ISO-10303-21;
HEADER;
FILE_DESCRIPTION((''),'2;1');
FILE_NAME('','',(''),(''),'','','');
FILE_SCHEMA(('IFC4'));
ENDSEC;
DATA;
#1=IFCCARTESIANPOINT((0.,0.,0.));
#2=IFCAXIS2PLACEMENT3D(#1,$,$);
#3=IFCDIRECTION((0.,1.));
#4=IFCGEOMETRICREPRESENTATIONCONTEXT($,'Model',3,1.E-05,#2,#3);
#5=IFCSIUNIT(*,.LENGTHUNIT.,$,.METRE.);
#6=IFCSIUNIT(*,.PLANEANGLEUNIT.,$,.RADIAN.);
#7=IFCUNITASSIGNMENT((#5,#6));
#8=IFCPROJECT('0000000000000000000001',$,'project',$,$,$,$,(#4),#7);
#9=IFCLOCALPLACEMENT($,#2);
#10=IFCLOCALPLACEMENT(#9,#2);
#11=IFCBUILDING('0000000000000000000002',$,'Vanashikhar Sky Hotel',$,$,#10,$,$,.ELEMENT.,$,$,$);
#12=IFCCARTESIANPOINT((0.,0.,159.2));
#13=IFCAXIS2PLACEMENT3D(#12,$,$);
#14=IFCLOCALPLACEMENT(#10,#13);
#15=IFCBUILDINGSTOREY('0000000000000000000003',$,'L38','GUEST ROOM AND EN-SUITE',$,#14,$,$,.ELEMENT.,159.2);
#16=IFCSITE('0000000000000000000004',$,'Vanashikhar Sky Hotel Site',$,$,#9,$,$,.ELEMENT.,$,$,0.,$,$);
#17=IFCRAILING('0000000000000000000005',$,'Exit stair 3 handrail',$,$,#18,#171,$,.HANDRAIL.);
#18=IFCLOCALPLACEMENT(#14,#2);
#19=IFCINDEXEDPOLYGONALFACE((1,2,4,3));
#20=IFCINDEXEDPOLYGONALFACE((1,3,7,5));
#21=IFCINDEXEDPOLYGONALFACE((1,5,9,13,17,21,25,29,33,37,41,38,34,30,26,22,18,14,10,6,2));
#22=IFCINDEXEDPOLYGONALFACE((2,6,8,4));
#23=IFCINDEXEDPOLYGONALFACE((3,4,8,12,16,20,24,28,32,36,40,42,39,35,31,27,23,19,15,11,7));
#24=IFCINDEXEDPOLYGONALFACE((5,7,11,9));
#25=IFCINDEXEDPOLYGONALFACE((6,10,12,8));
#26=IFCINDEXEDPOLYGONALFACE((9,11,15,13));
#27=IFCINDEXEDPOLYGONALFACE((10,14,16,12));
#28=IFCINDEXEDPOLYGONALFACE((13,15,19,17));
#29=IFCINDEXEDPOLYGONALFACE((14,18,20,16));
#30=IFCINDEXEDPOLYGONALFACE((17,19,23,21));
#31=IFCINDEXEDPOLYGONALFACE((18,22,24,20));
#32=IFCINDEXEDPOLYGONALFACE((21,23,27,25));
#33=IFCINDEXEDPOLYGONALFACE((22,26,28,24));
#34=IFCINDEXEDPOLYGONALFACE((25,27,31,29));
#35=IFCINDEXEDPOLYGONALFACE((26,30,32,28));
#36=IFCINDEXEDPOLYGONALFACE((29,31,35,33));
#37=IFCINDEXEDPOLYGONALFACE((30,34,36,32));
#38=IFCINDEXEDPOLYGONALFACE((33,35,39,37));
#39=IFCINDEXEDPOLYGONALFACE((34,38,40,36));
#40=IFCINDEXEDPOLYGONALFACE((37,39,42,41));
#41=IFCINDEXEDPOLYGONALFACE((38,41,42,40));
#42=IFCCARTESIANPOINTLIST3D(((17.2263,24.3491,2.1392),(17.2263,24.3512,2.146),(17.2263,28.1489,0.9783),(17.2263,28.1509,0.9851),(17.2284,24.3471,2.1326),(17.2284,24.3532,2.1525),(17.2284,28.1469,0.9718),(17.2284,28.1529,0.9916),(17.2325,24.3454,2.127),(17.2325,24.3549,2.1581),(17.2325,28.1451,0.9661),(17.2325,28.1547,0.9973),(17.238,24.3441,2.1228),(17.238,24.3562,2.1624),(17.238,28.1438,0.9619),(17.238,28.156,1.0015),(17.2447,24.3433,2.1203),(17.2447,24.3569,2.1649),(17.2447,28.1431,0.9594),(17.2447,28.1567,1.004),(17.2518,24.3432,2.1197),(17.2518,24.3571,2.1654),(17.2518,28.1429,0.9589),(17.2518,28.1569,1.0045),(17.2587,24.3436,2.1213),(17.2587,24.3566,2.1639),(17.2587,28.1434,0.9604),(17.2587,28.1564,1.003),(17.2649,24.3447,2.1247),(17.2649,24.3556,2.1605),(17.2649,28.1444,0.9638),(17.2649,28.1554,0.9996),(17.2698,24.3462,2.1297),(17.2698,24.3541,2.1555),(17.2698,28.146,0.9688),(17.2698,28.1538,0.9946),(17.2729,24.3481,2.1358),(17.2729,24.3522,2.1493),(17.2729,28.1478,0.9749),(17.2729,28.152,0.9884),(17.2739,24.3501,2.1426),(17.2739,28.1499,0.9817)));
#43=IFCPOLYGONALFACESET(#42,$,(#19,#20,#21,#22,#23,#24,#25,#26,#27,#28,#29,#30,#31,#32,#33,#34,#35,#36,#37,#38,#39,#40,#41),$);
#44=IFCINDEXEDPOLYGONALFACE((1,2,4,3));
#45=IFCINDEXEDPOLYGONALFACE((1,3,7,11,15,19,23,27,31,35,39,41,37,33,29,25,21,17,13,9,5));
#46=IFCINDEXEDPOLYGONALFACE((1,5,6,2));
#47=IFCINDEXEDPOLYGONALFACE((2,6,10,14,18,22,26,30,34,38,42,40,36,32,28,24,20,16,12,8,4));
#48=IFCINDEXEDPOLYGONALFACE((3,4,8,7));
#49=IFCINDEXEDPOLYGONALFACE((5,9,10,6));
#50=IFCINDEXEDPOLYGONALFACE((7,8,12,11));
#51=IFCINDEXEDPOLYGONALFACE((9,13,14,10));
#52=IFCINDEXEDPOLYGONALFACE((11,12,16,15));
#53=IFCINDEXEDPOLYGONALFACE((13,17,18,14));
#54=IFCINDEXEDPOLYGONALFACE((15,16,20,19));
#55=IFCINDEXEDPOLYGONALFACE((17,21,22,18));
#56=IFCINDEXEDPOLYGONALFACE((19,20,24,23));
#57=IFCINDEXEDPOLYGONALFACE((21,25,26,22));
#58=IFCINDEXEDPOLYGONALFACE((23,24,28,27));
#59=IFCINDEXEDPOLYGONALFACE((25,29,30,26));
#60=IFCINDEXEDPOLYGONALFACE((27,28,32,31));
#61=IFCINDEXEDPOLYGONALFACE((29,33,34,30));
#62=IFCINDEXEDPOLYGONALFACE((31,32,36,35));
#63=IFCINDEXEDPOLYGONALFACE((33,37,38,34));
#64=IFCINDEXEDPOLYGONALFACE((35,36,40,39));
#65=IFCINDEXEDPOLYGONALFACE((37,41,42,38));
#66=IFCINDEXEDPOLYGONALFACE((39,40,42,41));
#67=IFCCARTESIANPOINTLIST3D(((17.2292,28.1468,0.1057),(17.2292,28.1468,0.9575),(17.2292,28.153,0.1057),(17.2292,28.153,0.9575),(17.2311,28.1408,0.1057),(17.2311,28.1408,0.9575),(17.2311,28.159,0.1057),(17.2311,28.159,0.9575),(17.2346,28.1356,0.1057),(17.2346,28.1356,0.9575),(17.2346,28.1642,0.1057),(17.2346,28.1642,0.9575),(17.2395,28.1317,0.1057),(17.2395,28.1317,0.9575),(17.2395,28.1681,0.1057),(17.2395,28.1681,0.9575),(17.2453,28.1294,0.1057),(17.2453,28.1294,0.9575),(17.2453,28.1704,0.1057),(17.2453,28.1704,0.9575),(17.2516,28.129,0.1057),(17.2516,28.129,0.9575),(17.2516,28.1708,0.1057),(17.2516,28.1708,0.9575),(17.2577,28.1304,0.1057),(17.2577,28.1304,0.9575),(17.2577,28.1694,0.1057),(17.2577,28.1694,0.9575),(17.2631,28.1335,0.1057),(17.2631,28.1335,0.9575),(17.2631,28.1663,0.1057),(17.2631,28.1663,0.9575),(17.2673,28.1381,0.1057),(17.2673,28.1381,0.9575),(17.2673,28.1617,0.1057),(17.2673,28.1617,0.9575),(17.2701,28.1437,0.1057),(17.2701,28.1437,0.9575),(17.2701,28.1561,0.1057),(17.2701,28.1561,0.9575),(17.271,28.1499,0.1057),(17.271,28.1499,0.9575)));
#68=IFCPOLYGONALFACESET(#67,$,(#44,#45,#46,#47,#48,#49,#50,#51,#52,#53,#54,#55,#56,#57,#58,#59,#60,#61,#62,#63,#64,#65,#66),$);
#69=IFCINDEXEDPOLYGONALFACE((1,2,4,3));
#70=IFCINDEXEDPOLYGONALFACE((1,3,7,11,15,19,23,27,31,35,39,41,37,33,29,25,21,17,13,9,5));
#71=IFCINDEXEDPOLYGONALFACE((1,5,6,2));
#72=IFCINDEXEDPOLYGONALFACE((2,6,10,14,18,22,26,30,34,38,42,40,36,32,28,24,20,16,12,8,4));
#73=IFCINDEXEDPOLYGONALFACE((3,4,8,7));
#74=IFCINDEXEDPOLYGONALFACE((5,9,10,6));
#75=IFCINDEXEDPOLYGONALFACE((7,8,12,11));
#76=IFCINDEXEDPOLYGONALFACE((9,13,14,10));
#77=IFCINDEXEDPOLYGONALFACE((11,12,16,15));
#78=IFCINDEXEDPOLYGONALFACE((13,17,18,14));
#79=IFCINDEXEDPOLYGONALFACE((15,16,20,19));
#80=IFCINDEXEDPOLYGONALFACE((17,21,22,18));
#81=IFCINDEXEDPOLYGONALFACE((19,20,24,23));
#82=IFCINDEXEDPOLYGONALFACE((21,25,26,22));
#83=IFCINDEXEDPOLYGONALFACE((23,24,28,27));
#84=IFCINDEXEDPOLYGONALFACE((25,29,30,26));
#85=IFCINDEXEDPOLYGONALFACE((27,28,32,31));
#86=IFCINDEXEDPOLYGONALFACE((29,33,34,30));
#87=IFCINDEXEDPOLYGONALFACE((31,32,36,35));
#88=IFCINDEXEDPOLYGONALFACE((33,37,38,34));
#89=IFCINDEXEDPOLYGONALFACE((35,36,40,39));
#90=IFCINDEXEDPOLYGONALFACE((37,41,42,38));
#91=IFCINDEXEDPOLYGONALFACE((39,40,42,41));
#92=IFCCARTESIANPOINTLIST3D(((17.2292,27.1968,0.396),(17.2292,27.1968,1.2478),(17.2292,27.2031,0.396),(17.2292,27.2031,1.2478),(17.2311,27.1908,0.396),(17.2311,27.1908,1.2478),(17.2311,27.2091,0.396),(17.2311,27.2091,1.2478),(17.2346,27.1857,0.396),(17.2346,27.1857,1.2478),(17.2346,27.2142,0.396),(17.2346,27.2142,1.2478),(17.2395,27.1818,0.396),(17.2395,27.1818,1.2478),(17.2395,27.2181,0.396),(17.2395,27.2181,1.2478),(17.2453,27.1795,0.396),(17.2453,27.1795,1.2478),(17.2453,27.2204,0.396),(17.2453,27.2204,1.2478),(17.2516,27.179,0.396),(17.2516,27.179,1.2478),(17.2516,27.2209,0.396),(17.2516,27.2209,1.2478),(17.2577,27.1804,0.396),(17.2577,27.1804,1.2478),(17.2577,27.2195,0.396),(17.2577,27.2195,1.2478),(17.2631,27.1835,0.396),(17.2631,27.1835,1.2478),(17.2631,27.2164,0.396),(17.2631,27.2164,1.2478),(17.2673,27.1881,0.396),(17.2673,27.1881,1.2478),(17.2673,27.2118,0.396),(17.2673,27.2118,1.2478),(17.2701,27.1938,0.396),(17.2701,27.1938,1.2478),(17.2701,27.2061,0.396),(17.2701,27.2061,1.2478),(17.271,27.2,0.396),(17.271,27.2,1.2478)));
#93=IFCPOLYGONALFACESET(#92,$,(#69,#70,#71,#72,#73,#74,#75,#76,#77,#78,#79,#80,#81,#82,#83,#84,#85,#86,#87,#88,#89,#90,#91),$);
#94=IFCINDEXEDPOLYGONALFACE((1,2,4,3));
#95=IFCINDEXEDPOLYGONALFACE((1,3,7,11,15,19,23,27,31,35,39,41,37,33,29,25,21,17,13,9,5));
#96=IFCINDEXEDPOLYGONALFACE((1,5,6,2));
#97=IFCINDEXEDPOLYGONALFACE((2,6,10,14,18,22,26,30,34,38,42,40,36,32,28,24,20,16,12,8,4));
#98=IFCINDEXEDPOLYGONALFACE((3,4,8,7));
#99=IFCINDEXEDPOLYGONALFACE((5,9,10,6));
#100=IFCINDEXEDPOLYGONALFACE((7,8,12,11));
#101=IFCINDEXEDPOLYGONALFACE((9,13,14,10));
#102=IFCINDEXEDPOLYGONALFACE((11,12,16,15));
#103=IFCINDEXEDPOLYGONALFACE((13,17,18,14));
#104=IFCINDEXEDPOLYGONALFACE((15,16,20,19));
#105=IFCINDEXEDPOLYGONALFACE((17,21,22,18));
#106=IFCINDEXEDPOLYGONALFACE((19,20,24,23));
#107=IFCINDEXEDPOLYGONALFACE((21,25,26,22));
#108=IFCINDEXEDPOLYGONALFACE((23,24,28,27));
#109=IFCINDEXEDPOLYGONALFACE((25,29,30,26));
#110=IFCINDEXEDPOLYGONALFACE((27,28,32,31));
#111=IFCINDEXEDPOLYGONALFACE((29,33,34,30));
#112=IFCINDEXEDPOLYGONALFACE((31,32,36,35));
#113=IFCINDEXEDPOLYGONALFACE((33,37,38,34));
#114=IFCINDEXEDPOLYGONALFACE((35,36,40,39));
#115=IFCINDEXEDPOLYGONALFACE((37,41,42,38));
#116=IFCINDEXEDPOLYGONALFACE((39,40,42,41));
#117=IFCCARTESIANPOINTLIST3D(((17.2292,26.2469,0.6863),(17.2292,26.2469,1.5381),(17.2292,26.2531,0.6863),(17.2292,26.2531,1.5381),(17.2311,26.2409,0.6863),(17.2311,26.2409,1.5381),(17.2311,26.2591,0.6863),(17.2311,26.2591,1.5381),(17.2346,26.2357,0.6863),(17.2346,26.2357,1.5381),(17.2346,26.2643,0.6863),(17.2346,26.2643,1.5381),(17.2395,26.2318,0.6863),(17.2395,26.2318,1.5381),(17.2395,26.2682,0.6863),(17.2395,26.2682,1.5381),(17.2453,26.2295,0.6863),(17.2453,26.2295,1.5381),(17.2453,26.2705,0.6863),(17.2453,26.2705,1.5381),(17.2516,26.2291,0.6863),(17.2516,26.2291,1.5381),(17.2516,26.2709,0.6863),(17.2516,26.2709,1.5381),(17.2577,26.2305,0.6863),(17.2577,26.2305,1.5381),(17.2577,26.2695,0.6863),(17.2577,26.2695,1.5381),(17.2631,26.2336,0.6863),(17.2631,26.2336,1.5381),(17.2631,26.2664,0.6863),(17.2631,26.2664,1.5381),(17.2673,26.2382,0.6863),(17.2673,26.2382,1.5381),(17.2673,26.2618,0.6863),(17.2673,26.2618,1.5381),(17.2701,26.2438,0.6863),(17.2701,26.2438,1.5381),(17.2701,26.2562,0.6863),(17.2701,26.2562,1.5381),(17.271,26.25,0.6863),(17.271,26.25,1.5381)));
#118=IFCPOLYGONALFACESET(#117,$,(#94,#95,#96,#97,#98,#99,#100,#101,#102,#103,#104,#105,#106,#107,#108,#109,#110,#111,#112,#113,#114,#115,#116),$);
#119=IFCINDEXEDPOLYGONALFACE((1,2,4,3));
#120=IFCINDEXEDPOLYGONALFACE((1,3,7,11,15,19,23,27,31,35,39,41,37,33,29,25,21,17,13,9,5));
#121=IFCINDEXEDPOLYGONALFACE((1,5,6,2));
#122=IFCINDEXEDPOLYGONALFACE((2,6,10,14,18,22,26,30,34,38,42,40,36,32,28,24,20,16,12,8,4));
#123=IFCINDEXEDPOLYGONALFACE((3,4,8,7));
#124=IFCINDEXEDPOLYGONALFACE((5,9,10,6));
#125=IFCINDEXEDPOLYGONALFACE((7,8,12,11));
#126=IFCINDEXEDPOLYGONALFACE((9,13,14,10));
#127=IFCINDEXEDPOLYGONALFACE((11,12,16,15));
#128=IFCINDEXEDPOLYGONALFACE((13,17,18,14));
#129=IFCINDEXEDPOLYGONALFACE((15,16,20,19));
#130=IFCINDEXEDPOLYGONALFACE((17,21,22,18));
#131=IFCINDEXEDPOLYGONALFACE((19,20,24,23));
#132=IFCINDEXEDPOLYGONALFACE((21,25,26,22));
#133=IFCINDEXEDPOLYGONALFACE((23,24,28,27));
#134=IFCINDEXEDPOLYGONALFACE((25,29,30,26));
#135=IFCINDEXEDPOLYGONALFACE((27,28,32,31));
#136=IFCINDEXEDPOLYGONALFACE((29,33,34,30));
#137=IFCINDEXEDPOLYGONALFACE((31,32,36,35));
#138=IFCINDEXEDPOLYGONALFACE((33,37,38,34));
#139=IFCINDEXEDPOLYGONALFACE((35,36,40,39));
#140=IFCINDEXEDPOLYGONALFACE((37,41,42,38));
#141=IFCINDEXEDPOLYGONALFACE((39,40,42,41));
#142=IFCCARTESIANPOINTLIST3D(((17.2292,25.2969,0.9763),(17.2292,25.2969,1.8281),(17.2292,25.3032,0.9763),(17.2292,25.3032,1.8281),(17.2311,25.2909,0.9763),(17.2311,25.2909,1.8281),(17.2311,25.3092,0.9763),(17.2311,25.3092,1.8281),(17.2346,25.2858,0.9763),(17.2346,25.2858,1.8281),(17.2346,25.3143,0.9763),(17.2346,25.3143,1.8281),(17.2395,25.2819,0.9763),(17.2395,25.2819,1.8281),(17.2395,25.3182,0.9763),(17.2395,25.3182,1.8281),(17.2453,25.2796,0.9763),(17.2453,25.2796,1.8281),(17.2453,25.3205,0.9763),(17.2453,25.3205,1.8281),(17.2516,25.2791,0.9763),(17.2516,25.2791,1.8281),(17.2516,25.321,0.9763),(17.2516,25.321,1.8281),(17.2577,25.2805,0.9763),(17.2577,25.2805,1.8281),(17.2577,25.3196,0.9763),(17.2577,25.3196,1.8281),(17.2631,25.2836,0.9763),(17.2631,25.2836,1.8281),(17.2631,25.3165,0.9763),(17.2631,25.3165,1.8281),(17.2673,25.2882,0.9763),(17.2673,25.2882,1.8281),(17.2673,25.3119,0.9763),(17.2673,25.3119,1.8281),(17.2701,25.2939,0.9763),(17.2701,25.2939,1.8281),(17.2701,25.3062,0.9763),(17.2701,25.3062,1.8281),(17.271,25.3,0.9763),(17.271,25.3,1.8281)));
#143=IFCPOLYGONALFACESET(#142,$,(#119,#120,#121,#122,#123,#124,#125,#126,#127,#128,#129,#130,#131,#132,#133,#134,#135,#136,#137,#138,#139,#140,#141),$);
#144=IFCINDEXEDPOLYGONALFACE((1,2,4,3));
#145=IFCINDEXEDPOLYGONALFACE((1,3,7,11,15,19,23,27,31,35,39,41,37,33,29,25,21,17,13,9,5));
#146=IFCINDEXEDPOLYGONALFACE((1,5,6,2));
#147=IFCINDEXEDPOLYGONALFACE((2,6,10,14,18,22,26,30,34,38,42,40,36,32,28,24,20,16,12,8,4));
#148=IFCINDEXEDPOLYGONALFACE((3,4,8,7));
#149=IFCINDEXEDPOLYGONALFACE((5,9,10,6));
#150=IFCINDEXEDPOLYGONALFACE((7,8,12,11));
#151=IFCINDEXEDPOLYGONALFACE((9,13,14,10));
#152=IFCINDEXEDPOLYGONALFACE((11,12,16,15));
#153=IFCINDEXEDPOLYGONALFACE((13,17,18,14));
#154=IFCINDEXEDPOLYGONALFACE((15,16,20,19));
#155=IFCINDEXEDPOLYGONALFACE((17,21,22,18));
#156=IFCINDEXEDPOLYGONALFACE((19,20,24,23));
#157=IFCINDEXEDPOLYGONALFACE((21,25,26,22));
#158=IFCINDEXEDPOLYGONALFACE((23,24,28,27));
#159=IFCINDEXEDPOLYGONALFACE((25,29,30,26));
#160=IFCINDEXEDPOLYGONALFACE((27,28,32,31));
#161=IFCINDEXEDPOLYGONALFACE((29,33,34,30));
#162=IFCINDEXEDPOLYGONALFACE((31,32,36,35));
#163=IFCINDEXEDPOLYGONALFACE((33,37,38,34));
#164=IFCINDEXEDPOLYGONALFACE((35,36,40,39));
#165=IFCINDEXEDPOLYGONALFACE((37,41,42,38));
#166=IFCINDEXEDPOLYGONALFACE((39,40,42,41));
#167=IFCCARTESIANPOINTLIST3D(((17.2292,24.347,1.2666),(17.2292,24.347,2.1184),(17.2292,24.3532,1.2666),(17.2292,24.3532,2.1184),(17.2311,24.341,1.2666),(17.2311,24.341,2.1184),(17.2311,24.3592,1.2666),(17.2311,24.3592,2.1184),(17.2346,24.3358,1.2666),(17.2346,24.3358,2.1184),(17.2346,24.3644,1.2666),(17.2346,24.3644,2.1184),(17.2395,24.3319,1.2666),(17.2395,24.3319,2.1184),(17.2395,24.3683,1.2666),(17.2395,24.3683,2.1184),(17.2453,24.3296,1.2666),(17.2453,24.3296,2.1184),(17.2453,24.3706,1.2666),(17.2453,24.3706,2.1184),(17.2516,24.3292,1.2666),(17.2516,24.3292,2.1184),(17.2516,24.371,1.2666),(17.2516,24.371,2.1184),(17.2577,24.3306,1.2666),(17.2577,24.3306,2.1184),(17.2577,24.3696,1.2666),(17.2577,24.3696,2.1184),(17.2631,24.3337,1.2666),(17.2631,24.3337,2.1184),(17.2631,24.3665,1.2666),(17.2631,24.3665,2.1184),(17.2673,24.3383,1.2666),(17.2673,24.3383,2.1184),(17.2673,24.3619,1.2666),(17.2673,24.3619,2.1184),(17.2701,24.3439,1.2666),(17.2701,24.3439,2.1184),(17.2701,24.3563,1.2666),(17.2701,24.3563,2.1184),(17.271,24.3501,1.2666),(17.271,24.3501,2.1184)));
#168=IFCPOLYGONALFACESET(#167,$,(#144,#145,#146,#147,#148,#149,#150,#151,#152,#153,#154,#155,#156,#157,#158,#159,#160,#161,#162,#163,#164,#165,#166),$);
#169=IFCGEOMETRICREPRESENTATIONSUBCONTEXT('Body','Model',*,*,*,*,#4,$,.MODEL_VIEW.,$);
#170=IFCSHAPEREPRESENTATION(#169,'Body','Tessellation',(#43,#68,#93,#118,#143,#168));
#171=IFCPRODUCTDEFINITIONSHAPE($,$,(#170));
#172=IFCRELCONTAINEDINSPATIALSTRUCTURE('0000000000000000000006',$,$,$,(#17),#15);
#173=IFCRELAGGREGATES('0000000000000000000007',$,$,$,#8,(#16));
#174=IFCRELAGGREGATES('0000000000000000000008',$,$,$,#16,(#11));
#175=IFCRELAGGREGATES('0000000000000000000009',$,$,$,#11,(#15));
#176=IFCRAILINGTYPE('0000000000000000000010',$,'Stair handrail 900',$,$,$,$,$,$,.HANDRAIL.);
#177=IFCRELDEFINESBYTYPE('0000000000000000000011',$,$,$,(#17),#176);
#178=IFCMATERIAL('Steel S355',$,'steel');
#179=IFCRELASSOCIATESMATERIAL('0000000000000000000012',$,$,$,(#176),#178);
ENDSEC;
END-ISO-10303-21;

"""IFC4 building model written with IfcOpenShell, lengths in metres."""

from ifc_helpers import new_model, si_unit, direction, frame, origin, origin_2d, place, context, subcontext, project, spatial, circle, extrude, source, transform, mapped, material, type_object, element, save


model = new_model("IFC4")

# Units and contexts
model_context = context("Model", 3, precision=1e-05, world=origin(), true_north=direction((0.0, 1.0)))
body_context = subcontext(model_context, "Body", "Model", "MODEL_VIEW")
ifc_project = project(units=[si_unit("LENGTHUNIT", "METRE"), si_unit("PLANEANGLEUNIT", "RADIAN")], contexts=[model_context])

# Site, building, storey
site_placement = place(None, origin())
site = spatial("IfcSite", under=ifc_project, at=site_placement, Name="Vanashikhar Sky Hotel Site", CompositionType="ELEMENT", RefElevation=0.0)
building_placement = place(site_placement, origin())
building = spatial("IfcBuilding", under=site, at=building_placement, Name="Vanashikhar Sky Hotel", CompositionType="ELEMENT")
storey_placement = place(building_placement, frame((0.0, 0.0, 159.2)))
storey = spatial("IfcBuildingStorey", under=building, at=storey_placement, Name="L38", Description="GUEST ROOM AND EN-SUITE", CompositionType="ELEMENT", Elevation=159.2)

# Railing
ifc_material_1 = material(Name="Steel S355", Category="steel")
railing_type = type_object("IfcRailingType", Name="Stair handrail 900", PredefinedType="HANDRAIL", material=ifc_material_1)
shared_shape_1 = source(origin(), body_context, "Body", "SweptSolid", [
    extrude(circle(Radius=0.0239, at=origin_2d()), frame((0.0, 0.0, 0.876), z_axis=(0.0, -0.956363, 0.292181), x_axis=(1.0, 0.0, 0.0)), (0.0, 0.0, 1.0), 3.9731),
    extrude(circle(Radius=0.021, at=origin_2d()), origin(), (0.0, 0.0, 1.0), 0.8518),
    extrude(circle(Radius=0.021, at=origin_2d()), frame((0.0, -0.95, 0.2903)), (0.0, 0.0, 1.0), 0.8518),
    extrude(circle(Radius=0.021, at=origin_2d()), frame((0.0, -1.8999, 0.5806)), (0.0, 0.0, 1.0), 0.8518),
    extrude(circle(Radius=0.021, at=origin_2d()), frame((0.0, -2.8499, 0.8706)), (0.0, 0.0, 1.0), 0.8518),
    extrude(circle(Radius=0.021, at=origin_2d()), frame((0.0, -3.7998, 1.1609)), (0.0, 0.0, 1.0), 0.8518),
])
railing_1_placement = place(storey_placement, frame((17.25, 28.1499, 0.1057)))
element("IfcRailing", 1, at=railing_1_placement, inside=storey, type_object=railing_type, Name="Exit stair 3 handrail", PredefinedType="HANDRAIL", context=body_context, shape_type="MappedRepresentation", body=[
    mapped(shared_shape_1, transform((0.0, 0.0, 0.0), scale=1.0)),
])

save(model, "model.ifc")
